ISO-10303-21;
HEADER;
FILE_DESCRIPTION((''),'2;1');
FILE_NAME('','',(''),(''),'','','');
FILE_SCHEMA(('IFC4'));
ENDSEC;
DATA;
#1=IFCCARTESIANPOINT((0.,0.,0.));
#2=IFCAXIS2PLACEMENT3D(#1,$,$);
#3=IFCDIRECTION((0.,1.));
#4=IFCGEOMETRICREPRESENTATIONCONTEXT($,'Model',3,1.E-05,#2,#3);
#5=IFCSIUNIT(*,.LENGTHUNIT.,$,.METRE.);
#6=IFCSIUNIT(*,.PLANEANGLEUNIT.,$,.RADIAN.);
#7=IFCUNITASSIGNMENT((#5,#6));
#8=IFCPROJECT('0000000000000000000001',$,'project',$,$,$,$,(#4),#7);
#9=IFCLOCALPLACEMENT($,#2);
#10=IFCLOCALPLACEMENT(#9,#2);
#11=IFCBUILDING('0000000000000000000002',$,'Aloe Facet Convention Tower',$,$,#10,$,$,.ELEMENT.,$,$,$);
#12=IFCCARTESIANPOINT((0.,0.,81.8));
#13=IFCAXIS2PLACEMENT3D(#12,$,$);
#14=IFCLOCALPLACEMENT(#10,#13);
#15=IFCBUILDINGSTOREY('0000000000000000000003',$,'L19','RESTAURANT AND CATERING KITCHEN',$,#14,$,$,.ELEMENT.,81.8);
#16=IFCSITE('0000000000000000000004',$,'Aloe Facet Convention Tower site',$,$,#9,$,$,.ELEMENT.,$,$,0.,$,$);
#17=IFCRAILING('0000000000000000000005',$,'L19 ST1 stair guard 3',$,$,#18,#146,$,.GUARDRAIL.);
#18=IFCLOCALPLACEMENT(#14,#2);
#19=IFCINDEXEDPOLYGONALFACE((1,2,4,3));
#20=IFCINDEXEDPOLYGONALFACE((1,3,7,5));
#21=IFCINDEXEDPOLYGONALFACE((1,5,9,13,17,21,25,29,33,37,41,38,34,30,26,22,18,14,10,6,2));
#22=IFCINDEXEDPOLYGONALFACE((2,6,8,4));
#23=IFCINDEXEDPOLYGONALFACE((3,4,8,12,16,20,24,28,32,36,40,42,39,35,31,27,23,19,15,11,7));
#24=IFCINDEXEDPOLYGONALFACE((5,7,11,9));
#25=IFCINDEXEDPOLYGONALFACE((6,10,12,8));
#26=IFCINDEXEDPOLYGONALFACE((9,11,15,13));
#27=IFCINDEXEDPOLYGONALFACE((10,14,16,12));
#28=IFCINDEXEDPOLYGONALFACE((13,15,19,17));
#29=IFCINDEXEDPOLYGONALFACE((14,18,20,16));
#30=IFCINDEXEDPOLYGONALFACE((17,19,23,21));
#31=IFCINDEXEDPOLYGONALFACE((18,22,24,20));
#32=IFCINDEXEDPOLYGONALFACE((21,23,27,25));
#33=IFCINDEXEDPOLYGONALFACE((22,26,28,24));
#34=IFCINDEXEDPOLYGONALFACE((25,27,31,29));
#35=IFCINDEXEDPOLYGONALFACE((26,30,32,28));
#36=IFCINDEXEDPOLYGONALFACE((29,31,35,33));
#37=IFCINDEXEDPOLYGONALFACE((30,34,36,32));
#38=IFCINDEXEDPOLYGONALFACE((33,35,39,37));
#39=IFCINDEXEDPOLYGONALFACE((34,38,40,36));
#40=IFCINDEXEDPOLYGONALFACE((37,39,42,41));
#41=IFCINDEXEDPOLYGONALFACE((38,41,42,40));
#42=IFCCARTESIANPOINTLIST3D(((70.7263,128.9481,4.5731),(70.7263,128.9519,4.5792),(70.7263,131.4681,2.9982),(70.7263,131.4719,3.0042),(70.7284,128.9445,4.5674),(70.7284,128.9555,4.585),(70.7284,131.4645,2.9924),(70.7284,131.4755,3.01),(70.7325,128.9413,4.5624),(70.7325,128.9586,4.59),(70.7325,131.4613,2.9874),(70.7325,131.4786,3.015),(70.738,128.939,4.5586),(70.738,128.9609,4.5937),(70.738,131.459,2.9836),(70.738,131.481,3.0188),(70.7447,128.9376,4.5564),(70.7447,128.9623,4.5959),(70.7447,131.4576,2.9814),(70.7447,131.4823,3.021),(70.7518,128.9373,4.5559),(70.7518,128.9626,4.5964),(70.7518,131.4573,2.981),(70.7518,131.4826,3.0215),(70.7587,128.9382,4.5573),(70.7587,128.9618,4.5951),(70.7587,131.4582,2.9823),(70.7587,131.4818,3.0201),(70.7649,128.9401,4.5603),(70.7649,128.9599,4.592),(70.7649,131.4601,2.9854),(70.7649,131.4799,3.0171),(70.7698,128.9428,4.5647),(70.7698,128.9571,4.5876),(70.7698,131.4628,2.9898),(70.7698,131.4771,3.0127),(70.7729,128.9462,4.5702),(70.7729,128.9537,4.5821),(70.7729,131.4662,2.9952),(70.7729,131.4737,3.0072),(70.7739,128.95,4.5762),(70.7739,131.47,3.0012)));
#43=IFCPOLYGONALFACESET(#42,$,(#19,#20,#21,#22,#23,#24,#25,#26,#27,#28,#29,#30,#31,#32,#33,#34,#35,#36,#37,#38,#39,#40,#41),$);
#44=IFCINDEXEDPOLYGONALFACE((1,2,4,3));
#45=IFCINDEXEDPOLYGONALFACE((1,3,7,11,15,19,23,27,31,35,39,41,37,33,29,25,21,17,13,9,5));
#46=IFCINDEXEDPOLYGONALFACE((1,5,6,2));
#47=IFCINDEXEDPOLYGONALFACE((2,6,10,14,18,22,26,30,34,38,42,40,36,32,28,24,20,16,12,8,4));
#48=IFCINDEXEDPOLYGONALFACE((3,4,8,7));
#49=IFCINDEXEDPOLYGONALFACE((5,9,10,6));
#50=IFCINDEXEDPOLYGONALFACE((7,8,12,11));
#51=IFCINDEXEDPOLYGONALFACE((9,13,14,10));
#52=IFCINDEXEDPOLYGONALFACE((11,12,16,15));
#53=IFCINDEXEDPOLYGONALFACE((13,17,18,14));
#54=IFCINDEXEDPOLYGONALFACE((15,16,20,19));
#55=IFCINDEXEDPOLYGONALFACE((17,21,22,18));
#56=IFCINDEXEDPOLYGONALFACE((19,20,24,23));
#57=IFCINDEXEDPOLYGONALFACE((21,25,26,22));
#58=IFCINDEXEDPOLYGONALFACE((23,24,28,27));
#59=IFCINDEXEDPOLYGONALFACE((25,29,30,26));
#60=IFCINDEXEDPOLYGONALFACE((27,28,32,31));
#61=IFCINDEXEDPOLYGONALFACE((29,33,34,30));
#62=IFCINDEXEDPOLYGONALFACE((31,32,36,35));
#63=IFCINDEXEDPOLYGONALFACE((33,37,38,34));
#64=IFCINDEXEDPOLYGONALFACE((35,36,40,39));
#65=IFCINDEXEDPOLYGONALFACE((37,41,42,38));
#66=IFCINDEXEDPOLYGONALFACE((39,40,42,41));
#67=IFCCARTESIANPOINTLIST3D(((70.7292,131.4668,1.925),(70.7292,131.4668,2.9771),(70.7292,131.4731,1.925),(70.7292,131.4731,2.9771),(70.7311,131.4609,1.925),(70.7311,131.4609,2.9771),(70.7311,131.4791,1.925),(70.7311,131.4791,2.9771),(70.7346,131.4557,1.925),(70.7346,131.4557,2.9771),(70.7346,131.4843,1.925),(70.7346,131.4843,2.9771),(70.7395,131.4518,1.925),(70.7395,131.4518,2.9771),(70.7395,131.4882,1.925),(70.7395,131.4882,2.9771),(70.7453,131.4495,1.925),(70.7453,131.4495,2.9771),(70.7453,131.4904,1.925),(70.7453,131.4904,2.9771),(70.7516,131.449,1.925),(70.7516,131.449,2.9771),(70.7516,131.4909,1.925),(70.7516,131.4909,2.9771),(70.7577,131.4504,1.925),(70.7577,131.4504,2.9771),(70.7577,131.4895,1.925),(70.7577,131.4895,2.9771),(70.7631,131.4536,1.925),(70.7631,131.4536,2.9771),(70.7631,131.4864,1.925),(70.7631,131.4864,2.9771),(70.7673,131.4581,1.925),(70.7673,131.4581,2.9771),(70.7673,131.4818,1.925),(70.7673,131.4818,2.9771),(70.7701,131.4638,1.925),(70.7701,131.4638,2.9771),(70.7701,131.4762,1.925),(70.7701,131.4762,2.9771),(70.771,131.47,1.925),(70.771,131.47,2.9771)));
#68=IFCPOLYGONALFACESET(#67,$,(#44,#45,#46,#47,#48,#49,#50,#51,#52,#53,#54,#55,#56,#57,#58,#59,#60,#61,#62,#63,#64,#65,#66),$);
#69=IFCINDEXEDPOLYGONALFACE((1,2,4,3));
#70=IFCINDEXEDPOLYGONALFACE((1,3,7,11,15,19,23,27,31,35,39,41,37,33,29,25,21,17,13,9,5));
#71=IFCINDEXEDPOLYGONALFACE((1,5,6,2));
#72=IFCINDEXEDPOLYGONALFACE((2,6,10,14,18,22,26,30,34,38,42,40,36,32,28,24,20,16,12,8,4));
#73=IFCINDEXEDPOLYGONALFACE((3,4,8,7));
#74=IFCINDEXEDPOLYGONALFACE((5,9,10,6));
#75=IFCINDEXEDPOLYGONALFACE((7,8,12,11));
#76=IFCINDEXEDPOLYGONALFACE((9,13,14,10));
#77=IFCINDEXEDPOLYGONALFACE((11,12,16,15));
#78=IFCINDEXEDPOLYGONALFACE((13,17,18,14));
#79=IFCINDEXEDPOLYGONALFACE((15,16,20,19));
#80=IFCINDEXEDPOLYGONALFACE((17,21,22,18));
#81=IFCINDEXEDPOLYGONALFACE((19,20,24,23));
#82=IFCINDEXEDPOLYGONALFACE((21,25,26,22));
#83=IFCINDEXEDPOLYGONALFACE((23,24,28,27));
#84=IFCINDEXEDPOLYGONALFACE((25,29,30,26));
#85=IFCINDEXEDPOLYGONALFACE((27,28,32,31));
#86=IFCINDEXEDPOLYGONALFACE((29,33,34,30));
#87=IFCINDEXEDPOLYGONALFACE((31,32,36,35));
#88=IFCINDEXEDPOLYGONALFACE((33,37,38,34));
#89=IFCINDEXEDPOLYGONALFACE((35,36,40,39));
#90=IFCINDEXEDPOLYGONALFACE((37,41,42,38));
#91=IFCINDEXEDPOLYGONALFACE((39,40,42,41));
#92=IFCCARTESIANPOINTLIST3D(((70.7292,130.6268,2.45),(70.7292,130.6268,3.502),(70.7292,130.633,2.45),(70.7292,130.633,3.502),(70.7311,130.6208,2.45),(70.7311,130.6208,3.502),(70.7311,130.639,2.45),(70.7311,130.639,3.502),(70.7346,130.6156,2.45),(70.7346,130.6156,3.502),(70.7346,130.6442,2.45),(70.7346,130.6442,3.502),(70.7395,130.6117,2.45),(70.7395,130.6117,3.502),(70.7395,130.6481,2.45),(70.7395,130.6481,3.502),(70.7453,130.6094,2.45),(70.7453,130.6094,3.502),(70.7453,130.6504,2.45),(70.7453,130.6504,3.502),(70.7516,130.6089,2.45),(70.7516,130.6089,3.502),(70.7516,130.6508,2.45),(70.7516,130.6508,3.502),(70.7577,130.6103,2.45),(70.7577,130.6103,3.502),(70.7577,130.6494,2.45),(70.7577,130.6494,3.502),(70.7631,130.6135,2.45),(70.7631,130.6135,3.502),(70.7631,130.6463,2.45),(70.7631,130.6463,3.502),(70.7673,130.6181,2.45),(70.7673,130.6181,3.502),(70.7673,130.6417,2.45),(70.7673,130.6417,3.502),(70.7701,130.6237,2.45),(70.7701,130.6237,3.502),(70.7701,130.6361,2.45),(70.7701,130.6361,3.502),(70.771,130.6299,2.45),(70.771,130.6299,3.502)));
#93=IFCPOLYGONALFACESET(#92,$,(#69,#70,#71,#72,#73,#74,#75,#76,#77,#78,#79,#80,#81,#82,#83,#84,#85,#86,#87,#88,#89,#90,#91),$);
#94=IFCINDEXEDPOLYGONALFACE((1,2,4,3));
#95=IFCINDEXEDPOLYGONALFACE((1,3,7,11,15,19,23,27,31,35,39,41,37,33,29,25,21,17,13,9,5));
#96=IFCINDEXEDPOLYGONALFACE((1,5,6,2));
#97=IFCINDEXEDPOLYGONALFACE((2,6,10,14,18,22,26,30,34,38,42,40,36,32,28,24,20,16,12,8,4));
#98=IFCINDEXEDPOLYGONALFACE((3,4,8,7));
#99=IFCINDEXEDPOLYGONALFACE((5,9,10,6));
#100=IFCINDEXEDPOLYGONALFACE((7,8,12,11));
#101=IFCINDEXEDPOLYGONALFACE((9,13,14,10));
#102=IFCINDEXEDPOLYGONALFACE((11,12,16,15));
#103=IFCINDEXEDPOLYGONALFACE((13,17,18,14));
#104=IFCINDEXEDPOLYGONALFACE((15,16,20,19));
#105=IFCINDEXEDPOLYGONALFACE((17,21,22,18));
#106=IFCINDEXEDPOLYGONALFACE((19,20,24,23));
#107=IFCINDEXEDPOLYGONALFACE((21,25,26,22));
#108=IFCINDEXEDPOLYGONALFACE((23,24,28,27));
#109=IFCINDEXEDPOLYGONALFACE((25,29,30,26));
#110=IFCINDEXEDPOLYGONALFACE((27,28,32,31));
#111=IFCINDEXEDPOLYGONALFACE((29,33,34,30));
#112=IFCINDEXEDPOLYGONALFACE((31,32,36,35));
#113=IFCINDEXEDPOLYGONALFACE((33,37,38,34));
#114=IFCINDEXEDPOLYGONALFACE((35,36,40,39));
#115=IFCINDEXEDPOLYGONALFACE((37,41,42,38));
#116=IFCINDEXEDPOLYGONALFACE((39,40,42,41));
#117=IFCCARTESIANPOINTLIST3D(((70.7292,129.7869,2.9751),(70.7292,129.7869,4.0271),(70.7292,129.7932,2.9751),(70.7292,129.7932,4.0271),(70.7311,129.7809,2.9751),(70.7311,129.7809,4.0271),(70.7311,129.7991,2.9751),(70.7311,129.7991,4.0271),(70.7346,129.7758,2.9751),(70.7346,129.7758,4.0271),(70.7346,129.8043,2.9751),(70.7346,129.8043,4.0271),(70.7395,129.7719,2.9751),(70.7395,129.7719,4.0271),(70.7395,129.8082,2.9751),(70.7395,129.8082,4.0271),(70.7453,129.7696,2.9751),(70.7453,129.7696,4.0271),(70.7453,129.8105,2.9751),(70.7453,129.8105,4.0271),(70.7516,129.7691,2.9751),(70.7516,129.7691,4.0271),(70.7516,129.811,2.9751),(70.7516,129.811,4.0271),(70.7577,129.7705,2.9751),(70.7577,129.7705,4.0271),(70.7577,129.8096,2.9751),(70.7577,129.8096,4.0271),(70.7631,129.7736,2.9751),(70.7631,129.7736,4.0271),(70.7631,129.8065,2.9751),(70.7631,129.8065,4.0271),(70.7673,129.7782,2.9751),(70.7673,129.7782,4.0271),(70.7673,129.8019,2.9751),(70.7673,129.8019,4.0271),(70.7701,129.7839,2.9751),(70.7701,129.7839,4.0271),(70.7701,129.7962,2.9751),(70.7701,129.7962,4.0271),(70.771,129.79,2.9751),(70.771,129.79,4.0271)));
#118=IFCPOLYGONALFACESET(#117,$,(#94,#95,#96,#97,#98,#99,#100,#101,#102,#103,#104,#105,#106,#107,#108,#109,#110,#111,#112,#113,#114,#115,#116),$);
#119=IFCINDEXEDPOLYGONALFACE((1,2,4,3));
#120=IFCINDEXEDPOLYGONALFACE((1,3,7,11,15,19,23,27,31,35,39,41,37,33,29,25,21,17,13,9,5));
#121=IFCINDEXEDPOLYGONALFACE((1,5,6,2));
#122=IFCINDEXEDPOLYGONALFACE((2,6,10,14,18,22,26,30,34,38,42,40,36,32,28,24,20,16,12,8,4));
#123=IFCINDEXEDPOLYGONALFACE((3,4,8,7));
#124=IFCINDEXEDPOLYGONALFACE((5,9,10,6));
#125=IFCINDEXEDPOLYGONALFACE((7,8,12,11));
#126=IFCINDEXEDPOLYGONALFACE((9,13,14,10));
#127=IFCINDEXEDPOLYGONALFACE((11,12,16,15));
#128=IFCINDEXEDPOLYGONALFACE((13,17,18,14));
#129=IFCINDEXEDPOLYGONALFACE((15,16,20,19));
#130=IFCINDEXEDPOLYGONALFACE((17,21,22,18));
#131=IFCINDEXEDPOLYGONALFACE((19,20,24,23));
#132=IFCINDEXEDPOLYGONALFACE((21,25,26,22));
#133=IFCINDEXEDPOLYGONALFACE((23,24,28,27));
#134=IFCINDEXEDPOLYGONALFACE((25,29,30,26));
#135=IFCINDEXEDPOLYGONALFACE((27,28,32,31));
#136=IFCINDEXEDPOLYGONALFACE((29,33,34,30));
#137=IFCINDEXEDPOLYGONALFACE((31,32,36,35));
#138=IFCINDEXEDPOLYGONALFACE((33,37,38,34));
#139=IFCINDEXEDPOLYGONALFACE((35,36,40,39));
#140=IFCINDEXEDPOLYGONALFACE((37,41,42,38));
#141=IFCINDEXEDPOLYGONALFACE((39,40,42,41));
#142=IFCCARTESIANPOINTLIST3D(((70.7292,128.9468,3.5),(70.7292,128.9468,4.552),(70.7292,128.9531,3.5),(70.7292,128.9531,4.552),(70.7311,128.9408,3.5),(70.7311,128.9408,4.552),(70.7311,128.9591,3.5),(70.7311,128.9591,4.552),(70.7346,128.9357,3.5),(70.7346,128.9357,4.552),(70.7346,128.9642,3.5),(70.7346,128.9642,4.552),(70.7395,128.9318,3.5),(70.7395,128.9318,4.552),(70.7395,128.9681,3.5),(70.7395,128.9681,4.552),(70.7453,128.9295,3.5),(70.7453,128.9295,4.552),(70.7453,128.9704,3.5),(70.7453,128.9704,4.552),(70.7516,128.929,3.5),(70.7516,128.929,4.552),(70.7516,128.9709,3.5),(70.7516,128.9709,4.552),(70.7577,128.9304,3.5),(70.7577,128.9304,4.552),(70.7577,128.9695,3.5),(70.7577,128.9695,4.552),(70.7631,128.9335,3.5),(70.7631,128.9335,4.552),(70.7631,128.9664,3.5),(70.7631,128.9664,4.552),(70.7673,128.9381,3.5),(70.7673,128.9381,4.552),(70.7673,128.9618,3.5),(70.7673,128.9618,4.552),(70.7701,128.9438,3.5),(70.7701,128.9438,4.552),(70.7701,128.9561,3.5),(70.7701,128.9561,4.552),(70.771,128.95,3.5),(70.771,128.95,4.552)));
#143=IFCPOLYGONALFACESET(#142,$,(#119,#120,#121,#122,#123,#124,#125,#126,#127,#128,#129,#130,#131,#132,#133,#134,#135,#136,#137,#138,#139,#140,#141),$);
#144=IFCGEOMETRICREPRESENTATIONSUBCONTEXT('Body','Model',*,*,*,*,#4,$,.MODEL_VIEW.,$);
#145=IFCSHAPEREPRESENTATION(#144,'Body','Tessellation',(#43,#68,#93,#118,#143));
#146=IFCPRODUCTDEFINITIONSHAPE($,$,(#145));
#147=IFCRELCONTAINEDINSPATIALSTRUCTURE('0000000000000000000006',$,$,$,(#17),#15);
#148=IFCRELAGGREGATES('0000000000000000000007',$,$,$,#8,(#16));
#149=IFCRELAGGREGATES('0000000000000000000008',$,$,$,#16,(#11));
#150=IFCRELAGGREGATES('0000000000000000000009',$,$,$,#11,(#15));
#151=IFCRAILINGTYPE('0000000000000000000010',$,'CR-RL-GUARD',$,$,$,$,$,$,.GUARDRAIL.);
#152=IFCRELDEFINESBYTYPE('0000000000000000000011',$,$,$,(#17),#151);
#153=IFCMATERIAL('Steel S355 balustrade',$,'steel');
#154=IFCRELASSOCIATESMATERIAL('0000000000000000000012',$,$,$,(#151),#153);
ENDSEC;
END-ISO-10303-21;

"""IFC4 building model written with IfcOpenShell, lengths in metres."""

from ifc_helpers import new_model, si_unit, direction, frame, origin, origin_2d, place, context, subcontext, project, spatial, circle, extrude, material, type_object, element, save


model = new_model("IFC4")

# Units and contexts
model_context = context("Model", 3, precision=1e-05, world=origin(), true_north=direction((0.0, 1.0)))
body_context = subcontext(model_context, "Body", "Model", "MODEL_VIEW")
ifc_project = project(units=[si_unit("LENGTHUNIT", "METRE"), si_unit("PLANEANGLEUNIT", "RADIAN")], contexts=[model_context])

# Site, building, storey
site_placement = place(None, origin())
site = spatial("IfcSite", under=ifc_project, at=site_placement, Name="Aloe Facet Convention Tower site", CompositionType="ELEMENT", RefElevation=0.0)
building_placement = place(site_placement, origin())
building = spatial("IfcBuilding", under=site, at=building_placement, Name="Aloe Facet Convention Tower", CompositionType="ELEMENT")
storey_placement = place(building_placement, frame((0.0, 0.0, 81.8)))
storey = spatial("IfcBuildingStorey", under=building, at=storey_placement, Name="L19", Description="RESTAURANT AND CATERING KITCHEN", CompositionType="ELEMENT", Elevation=81.8)

# Railing
ifc_material_1 = material(Name="Steel S355 balustrade", Category="steel")
railing_type_1 = type_object("IfcRailingType", Name="CR-RL-GUARD", PredefinedType="GUARDRAIL", material=ifc_material_1)
railing_1_placement = place(storey_placement, frame((70.75, 131.47, 1.925)))
element("IfcRailing", 1, at=railing_1_placement, inside=storey, type_object=railing_type_1, Name="L19 ST1 stair guard 3", PredefinedType="GUARDRAIL", context=body_context, shape_type="SweptSolid", body=[
    extrude(circle(Radius=0.0239, at=origin_2d()), frame((0.0, 0.0, 1.0762), z_axis=(0.0, -0.848008, 0.529984), x_axis=(1.0, 0.0, 0.0)), (0.0, 0.0, 1.0), 2.9717),
    extrude(circle(Radius=0.021, at=origin_2d()), origin(), (0.0, 0.0, 1.0), 1.052),
    extrude(circle(Radius=0.021, at=origin_2d()), frame((0.0, -0.8401, 0.5249)), (0.0, 0.0, 1.0), 1.052),
    extrude(circle(Radius=0.021, at=origin_2d()), frame((0.0, -1.6799, 1.05)), (0.0, 0.0, 1.0), 1.052),
    extrude(circle(Radius=0.021, at=origin_2d()), frame((0.0, -2.52, 1.575)), (0.0, 0.0, 1.0), 1.052),
])

save(model, "model.ifc")
